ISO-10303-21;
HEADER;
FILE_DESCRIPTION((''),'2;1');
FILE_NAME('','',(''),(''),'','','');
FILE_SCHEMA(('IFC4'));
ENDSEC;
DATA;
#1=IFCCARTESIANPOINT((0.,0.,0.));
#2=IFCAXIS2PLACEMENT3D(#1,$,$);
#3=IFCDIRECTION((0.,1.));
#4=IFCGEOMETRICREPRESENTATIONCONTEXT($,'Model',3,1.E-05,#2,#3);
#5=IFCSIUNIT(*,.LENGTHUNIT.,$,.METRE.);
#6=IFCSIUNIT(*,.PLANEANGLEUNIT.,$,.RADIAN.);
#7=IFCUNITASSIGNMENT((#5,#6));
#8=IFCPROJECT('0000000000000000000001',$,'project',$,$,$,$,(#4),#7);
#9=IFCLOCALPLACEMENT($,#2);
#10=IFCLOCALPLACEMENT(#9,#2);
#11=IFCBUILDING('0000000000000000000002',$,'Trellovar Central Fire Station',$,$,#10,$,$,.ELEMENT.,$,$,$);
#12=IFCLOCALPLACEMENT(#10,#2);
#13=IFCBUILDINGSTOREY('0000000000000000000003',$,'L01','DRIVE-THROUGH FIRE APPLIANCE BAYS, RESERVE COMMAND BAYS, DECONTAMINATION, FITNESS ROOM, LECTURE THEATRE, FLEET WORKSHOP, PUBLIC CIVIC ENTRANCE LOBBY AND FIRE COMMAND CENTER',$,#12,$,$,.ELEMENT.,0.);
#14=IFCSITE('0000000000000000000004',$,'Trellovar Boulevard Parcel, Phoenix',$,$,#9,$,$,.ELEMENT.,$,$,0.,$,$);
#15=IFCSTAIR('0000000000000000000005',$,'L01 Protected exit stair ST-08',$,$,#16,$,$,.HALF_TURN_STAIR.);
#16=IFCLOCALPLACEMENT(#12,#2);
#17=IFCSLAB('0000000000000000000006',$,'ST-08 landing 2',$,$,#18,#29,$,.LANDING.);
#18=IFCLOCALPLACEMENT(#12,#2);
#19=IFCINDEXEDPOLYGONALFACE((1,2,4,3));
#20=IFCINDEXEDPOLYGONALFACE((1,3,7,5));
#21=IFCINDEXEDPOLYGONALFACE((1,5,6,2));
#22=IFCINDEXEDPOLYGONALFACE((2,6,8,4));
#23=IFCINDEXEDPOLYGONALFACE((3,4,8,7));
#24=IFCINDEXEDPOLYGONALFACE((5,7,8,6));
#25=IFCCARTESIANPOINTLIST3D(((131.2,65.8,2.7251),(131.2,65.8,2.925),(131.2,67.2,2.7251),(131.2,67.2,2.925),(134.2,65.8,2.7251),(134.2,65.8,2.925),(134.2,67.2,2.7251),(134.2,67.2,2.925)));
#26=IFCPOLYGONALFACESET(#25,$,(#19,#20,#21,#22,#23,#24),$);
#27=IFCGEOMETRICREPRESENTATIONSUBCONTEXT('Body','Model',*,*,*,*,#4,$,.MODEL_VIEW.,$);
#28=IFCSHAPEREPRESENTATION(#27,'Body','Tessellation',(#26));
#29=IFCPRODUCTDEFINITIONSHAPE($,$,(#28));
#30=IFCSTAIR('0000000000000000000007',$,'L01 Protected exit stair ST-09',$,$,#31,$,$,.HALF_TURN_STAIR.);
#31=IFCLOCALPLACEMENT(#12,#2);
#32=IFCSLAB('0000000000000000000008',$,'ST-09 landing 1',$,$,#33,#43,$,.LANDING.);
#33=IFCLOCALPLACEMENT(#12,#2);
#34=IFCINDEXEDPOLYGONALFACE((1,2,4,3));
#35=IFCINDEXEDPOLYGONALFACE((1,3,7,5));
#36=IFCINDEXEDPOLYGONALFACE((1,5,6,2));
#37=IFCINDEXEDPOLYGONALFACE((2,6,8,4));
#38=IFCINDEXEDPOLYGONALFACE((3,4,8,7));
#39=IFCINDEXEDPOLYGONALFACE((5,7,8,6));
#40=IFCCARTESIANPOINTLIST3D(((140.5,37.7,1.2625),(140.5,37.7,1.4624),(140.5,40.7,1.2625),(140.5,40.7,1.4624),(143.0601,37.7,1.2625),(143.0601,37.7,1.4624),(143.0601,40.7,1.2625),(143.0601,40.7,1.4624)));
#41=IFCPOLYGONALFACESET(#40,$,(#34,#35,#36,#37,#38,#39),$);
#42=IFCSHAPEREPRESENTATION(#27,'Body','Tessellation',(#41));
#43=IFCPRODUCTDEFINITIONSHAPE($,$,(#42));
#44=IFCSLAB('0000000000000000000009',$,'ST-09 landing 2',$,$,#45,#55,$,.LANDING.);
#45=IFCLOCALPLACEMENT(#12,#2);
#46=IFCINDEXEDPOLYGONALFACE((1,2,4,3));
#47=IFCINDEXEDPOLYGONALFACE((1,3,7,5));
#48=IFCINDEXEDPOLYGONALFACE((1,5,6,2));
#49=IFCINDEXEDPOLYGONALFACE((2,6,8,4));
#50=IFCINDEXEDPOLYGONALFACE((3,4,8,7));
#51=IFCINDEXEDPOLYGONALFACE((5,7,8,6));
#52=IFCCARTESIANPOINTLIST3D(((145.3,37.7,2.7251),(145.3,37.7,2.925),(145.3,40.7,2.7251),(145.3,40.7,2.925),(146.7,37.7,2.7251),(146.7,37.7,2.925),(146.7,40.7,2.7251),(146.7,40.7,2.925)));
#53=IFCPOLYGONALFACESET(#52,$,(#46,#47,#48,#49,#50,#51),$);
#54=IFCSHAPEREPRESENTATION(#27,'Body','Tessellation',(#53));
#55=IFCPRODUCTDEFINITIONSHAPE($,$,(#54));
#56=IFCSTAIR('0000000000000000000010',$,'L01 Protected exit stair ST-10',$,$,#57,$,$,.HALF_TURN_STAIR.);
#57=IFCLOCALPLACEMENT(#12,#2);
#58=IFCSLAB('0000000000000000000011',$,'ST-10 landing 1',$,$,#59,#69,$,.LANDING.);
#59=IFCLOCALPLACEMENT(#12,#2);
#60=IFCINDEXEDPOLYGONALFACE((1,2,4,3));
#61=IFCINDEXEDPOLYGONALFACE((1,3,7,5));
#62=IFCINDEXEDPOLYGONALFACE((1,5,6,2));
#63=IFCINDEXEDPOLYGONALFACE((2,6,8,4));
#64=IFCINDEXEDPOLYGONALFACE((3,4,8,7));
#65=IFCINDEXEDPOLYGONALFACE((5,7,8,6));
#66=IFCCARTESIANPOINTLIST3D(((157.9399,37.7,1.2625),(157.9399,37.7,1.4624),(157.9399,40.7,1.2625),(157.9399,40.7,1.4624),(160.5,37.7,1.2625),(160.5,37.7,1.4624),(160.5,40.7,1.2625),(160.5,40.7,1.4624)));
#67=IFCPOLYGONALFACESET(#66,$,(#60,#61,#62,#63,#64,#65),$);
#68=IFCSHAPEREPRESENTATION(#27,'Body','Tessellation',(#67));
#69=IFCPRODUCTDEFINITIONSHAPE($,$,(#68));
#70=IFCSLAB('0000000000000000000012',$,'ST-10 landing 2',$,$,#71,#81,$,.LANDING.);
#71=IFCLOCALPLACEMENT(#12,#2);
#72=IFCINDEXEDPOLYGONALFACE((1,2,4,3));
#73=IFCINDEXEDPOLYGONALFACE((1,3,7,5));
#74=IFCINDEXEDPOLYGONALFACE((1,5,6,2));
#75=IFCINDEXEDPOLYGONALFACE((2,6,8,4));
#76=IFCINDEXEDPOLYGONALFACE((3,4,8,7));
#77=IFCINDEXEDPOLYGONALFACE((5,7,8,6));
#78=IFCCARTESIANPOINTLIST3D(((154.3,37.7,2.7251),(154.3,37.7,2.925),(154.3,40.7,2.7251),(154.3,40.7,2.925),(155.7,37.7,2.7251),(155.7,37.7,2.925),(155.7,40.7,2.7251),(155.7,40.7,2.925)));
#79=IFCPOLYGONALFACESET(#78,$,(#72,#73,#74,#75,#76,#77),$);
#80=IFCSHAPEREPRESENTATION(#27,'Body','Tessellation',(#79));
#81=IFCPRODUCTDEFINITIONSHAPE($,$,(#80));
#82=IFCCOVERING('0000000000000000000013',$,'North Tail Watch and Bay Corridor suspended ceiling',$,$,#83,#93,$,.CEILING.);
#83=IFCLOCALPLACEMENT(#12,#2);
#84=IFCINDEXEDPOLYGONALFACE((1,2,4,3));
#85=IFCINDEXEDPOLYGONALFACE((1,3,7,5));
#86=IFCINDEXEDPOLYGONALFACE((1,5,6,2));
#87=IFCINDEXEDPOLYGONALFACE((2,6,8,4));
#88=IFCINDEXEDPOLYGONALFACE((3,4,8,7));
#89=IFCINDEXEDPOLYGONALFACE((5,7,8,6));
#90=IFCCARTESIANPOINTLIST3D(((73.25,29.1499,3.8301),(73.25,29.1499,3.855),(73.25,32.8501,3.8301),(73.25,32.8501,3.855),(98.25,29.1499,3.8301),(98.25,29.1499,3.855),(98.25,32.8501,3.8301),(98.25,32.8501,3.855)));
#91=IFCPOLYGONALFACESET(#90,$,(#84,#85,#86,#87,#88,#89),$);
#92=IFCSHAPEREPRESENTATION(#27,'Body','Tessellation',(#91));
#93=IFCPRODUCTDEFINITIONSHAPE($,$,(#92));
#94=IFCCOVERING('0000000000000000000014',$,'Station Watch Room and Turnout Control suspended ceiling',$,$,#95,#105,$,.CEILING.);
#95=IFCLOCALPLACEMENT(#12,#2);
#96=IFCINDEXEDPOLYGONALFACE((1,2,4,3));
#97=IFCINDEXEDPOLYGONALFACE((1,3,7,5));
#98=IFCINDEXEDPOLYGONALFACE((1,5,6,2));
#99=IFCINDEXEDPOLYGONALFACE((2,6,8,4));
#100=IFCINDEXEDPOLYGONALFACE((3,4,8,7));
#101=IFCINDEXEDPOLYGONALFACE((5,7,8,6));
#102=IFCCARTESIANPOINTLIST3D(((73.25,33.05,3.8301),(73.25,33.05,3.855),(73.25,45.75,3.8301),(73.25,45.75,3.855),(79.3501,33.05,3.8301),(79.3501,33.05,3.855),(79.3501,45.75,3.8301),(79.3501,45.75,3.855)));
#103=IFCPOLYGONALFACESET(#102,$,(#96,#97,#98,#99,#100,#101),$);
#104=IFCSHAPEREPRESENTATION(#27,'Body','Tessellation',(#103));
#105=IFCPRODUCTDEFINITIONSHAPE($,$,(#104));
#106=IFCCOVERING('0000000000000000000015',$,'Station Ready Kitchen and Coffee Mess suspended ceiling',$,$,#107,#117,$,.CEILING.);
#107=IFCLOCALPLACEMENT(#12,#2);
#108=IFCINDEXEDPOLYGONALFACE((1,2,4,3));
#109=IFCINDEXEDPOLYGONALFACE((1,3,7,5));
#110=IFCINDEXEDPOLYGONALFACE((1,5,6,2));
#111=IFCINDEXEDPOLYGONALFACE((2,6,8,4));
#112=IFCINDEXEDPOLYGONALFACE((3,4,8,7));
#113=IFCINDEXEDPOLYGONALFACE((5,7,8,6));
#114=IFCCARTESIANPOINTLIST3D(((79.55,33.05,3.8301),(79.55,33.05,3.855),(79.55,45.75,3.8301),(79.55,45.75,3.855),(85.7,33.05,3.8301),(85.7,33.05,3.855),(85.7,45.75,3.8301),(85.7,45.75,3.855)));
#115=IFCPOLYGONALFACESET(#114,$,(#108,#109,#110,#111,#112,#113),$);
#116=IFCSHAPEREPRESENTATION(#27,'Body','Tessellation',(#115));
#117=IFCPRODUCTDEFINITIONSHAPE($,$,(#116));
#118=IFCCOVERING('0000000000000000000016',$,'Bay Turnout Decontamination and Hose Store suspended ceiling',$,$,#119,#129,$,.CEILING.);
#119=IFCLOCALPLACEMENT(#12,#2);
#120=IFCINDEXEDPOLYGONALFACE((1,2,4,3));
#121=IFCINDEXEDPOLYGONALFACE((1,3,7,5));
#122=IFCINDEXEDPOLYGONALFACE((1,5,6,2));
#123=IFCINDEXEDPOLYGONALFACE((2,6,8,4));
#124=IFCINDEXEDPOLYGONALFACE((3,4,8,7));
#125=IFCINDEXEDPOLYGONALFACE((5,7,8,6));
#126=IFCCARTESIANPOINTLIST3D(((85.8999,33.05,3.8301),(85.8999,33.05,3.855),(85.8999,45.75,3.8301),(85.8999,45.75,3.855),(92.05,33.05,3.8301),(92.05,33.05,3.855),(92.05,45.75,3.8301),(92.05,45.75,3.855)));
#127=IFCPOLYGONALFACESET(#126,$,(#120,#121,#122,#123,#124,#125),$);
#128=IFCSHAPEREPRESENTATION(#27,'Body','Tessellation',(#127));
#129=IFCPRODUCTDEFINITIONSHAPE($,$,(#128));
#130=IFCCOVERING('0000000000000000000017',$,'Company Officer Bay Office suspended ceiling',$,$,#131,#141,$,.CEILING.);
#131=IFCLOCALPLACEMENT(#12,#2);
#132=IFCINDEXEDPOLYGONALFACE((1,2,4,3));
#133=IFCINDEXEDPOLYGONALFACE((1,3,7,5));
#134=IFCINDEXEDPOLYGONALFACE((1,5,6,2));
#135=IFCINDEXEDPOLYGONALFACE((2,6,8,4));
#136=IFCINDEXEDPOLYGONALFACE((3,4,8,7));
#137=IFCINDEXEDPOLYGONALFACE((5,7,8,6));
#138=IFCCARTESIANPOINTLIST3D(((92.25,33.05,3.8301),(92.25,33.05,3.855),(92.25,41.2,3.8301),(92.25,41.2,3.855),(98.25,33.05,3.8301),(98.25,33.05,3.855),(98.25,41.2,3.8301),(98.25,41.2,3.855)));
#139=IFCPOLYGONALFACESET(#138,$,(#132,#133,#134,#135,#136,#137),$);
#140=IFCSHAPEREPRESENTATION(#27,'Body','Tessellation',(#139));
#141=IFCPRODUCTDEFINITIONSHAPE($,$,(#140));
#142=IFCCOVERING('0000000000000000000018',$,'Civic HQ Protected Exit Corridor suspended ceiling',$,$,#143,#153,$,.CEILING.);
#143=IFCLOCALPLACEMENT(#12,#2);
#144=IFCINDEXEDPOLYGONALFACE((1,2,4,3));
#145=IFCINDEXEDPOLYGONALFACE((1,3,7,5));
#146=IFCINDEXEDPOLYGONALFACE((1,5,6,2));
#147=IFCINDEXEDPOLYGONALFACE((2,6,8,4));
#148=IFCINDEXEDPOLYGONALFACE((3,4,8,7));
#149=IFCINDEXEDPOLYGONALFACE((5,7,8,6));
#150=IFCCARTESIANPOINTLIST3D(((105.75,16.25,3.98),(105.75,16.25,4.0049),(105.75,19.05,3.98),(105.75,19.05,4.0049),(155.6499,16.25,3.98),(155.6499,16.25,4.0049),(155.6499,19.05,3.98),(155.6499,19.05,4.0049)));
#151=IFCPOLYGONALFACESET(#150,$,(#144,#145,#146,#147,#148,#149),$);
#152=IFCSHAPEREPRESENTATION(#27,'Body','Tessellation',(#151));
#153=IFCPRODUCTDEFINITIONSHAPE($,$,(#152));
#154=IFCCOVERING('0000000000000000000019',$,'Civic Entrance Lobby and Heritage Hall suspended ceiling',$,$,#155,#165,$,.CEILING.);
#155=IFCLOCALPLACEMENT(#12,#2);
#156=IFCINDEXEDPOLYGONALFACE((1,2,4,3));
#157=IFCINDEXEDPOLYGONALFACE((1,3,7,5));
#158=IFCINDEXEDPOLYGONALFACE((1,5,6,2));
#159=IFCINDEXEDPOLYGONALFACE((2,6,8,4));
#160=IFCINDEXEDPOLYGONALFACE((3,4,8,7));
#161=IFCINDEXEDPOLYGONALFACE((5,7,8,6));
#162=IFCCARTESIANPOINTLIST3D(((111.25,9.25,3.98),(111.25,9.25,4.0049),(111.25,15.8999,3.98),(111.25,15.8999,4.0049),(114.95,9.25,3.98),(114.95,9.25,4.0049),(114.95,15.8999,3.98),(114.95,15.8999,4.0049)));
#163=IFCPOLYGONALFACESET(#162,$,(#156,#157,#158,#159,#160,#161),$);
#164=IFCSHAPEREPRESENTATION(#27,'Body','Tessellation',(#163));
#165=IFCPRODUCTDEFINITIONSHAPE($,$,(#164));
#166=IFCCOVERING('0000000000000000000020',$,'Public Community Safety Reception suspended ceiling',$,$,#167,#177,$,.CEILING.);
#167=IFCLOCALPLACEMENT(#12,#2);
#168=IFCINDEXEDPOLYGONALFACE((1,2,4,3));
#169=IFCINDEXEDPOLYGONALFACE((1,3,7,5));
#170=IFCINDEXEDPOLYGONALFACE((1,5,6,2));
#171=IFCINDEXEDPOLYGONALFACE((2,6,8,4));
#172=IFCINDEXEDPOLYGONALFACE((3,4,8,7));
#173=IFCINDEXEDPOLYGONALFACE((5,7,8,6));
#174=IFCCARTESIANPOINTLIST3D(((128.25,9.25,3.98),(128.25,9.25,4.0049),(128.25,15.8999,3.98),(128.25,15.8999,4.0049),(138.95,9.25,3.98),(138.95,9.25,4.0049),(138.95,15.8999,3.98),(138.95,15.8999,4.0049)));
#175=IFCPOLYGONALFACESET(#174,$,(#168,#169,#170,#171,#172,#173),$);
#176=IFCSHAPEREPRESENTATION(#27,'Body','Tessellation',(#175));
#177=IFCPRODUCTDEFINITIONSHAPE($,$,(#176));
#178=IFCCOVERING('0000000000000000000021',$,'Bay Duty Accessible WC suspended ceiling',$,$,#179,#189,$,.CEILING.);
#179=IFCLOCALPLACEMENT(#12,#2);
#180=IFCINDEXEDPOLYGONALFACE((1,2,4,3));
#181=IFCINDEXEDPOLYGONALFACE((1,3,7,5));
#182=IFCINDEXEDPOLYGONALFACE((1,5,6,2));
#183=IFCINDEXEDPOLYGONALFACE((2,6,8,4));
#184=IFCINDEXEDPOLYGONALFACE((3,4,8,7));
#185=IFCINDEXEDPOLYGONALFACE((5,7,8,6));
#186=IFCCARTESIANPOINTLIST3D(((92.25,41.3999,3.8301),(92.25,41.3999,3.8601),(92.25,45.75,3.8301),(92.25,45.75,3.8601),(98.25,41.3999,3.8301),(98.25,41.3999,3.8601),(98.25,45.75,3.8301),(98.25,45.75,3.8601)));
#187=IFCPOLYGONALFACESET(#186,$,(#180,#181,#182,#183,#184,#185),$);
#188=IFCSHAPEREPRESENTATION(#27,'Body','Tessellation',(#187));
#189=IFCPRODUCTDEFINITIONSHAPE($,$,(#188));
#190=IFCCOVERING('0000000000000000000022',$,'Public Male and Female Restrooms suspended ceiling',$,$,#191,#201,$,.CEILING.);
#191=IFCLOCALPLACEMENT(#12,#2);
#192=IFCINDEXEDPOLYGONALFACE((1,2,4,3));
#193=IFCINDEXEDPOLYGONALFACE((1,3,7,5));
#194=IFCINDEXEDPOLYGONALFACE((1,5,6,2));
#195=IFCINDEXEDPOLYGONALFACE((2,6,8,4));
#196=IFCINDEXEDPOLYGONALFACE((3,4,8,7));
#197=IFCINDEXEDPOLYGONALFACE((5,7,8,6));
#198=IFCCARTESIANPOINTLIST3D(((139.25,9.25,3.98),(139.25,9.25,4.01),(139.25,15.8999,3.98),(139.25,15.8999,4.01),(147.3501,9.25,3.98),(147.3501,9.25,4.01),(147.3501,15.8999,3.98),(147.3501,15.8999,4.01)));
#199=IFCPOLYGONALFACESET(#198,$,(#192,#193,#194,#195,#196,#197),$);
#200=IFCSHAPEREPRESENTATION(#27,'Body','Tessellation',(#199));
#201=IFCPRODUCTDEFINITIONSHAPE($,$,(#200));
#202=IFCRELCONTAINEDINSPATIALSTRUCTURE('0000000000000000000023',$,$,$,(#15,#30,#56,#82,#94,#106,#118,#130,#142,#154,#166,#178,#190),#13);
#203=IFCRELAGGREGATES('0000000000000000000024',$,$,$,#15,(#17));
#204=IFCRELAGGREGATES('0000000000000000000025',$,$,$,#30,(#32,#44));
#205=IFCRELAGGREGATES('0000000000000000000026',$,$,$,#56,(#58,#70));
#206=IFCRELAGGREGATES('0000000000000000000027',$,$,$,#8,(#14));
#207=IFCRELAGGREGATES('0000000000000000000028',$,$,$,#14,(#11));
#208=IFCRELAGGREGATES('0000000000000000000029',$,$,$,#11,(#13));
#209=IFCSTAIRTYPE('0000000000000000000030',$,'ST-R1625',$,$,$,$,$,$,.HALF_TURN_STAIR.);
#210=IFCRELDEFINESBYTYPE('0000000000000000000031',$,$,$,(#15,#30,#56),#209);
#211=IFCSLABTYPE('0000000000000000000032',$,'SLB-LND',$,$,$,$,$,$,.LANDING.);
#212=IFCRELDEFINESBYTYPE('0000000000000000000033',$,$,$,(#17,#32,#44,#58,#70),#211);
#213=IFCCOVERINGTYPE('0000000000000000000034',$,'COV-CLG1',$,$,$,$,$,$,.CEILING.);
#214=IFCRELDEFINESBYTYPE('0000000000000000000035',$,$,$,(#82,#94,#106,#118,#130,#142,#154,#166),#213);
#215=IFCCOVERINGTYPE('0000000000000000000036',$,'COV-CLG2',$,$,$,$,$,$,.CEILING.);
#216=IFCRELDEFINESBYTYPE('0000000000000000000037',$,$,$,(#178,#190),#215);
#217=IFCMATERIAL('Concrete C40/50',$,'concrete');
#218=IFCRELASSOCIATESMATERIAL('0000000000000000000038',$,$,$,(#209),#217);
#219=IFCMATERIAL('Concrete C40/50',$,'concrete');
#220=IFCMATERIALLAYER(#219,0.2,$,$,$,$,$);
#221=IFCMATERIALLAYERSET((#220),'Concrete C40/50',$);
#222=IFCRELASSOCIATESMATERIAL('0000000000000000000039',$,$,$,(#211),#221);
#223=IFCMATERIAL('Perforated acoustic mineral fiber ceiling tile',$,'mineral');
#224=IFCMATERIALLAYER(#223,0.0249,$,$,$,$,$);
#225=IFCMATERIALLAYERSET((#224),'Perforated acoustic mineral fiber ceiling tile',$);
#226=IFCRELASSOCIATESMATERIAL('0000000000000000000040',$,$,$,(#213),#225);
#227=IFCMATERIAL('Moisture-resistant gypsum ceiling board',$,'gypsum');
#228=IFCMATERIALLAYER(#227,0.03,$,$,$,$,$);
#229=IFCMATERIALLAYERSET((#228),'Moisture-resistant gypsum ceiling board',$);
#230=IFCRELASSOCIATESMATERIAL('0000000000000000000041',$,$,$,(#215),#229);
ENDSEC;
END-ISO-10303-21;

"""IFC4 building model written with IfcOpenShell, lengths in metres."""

from ifc_helpers import new_model, si_unit, direction, frame, origin, place, context, subcontext, project, spatial, polyline, outline, extrude, material, layer, layer_set, type_object, element, aggregate, save


model = new_model("IFC4")

# Units and contexts
model_context = context("Model", 3, precision=1e-05, world=origin(), true_north=direction((0.0, 1.0)))
body_context = subcontext(model_context, "Body", "Model", "MODEL_VIEW")
ifc_project = project(units=[si_unit("LENGTHUNIT", "METRE"), si_unit("PLANEANGLEUNIT", "RADIAN")], contexts=[model_context])

# Site, building, storey
site_placement = place(None, origin())
site = spatial("IfcSite", under=ifc_project, at=site_placement, Name="Trellovar Boulevard Parcel, Phoenix", CompositionType="ELEMENT", RefElevation=0.0)
building_placement = place(site_placement, origin())
building = spatial("IfcBuilding", under=site, at=building_placement, Name="Trellovar Central Fire Station", CompositionType="ELEMENT")
storey_placement = place(building_placement, origin())
storey = spatial("IfcBuildingStorey", under=building, at=storey_placement, Name="L01", Description="DRIVE-THROUGH FIRE APPLIANCE BAYS, RESERVE COMMAND BAYS, DECONTAMINATION, FITNESS ROOM, LECTURE THEATRE, FLEET WORKSHOP, PUBLIC CIVIC ENTRANCE LOBBY AND FIRE COMMAND CENTER", CompositionType="ELEMENT", Elevation=0.0)

# Stairs, slabs
ifc_material_1 = material(Name="Concrete C40/50", Category="concrete")
stair_type = type_object("IfcStairType", Name="ST-R1625", PredefinedType="HALF_TURN_STAIR", material=ifc_material_1)
ifc_material_2 = material(Name="Concrete C40/50", Category="concrete")
ifc_layer_1 = layer(ifc_material_2, 0.2)
ifc_layer_set_1 = layer_set([ifc_layer_1], Name="Concrete C40/50")
slab_type = type_object("IfcSlabType", Name="SLB-LND", PredefinedType="LANDING", material=ifc_layer_set_1)
stair_1_placement = place(storey_placement, origin())
stair_1 = element("IfcStair", 1, at=stair_1_placement, inside=storey, type_object=stair_type, Name="L01 Protected exit stair ST-08", PredefinedType="HALF_TURN_STAIR")
slab_1_placement = place(storey_placement, frame((0.0, 0.0, 2.7251)))
slab_1 = element("IfcSlab", 2, at=slab_1_placement, type_object=slab_type, Name="ST-08 landing 2", PredefinedType="LANDING", context=body_context, shape_type="SweptSolid", body=[
    extrude(outline(polyline([(134.2, 65.8), (134.2, 67.2), (131.2, 67.2), (131.2, 65.8), (134.2, 65.8)])), origin(), (0.0, 0.0, 1.0), 0.2),
])
aggregate(stair_1, [slab_1])
stair_2_placement = place(storey_placement, origin())
stair_2 = element("IfcStair", 3, at=stair_2_placement, inside=storey, type_object=stair_type, Name="L01 Protected exit stair ST-09", PredefinedType="HALF_TURN_STAIR")
slab_2_placement = place(storey_placement, frame((0.0, 0.0, 1.2625)))
slab_2 = element("IfcSlab", 4, at=slab_2_placement, type_object=slab_type, Name="ST-09 landing 1", PredefinedType="LANDING", context=body_context, shape_type="SweptSolid", body=[
    extrude(outline(polyline([(143.0601, 40.7), (140.5, 40.7), (140.5, 37.7), (143.0601, 37.7), (143.0601, 40.7)])), origin(), (0.0, 0.0, 1.0), 0.2),
])
slab_3_placement = place(storey_placement, frame((0.0, 0.0, 2.7251)))
slab_3 = element("IfcSlab", 5, at=slab_3_placement, type_object=slab_type, Name="ST-09 landing 2", PredefinedType="LANDING", context=body_context, shape_type="SweptSolid", body=[
    extrude(outline(polyline([(146.7, 40.7), (145.3, 40.7), (145.3, 37.7), (146.7, 37.7), (146.7, 40.7)])), origin(), (0.0, 0.0, 1.0), 0.2),
])
aggregate(stair_2, [slab_2, slab_3])
stair_3_placement = place(storey_placement, origin())
stair_3 = element("IfcStair", 6, at=stair_3_placement, inside=storey, type_object=stair_type, Name="L01 Protected exit stair ST-10", PredefinedType="HALF_TURN_STAIR")
slab_4_placement = place(storey_placement, frame((0.0, 0.0, 1.2625)))
slab_4 = element("IfcSlab", 7, at=slab_4_placement, type_object=slab_type, Name="ST-10 landing 1", PredefinedType="LANDING", context=body_context, shape_type="SweptSolid", body=[
    extrude(outline(polyline([(157.9399, 37.7), (160.5, 37.7), (160.5, 40.7), (157.9399, 40.7), (157.9399, 37.7)])), origin(), (0.0, 0.0, 1.0), 0.2),
])
slab_5_placement = place(storey_placement, frame((0.0, 0.0, 2.7251)))
slab_5 = element("IfcSlab", 8, at=slab_5_placement, type_object=slab_type, Name="ST-10 landing 2", PredefinedType="LANDING", context=body_context, shape_type="SweptSolid", body=[
    extrude(outline(polyline([(154.3, 37.7), (155.7, 37.7), (155.7, 40.7), (154.3, 40.7), (154.3, 37.7)])), origin(), (0.0, 0.0, 1.0), 0.2),
])
aggregate(stair_3, [slab_4, slab_5])

# Coverings
ifc_material_3 = material(Name="Perforated acoustic mineral fiber ceiling tile", Category="mineral")
ifc_layer_2 = layer(ifc_material_3, 0.0249)
ifc_layer_set_2 = layer_set([ifc_layer_2], Name="Perforated acoustic mineral fiber ceiling tile")
covering_type_1 = type_object("IfcCoveringType", Name="COV-CLG1", PredefinedType="CEILING", material=ifc_layer_set_2)
covering_1_placement = place(storey_placement, frame((0.0, 0.0, 3.8301)))
element("IfcCovering", 9, at=covering_1_placement, inside=storey, type_object=covering_type_1, Name="North Tail Watch and Bay Corridor suspended ceiling", PredefinedType="CEILING", context=body_context, shape_type="SweptSolid", body=[
    extrude(outline(polyline([(98.25, 29.1499), (73.25, 29.1499), (73.25, 32.8501), (98.25, 32.8501), (98.25, 29.1499)])), origin(), (0.0, 0.0, 1.0), 0.0249),
])
covering_2_placement = place(storey_placement, frame((0.0, 0.0, 3.8301)))
element("IfcCovering", 10, at=covering_2_placement, inside=storey, type_object=covering_type_1, Name="Station Watch Room and Turnout Control suspended ceiling", PredefinedType="CEILING", context=body_context, shape_type="SweptSolid", body=[
    extrude(outline(polyline([(79.3501, 33.05), (73.25, 33.05), (73.25, 45.75), (79.3501, 45.75), (79.3501, 33.05)])), origin(), (0.0, 0.0, 1.0), 0.0249),
])
covering_3_placement = place(storey_placement, frame((0.0, 0.0, 3.8301)))
element("IfcCovering", 11, at=covering_3_placement, inside=storey, type_object=covering_type_1, Name="Station Ready Kitchen and Coffee Mess suspended ceiling", PredefinedType="CEILING", context=body_context, shape_type="SweptSolid", body=[
    extrude(outline(polyline([(85.7, 33.05), (79.55, 33.05), (79.55, 45.75), (85.7, 45.75), (85.7, 33.05)])), origin(), (0.0, 0.0, 1.0), 0.0249),
])
covering_4_placement = place(storey_placement, frame((0.0, 0.0, 3.8301)))
element("IfcCovering", 12, at=covering_4_placement, inside=storey, type_object=covering_type_1, Name="Bay Turnout Decontamination and Hose Store suspended ceiling", PredefinedType="CEILING", context=body_context, shape_type="SweptSolid", body=[
    extrude(outline(polyline([(92.05, 33.05), (85.8999, 33.05), (85.8999, 45.75), (92.05, 45.75), (92.05, 33.05)])), origin(), (0.0, 0.0, 1.0), 0.0249),
])
covering_5_placement = place(storey_placement, frame((0.0, 0.0, 3.8301)))
element("IfcCovering", 13, at=covering_5_placement, inside=storey, type_object=covering_type_1, Name="Company Officer Bay Office suspended ceiling", PredefinedType="CEILING", context=body_context, shape_type="SweptSolid", body=[
    extrude(outline(polyline([(98.25, 33.05), (92.25, 33.05), (92.25, 41.2), (98.25, 41.2), (98.25, 33.05)])), origin(), (0.0, 0.0, 1.0), 0.0249),
])
covering_6_placement = place(storey_placement, frame((0.0, 0.0, 3.98)))
element("IfcCovering", 14, at=covering_6_placement, inside=storey, type_object=covering_type_1, Name="Civic HQ Protected Exit Corridor suspended ceiling", PredefinedType="CEILING", context=body_context, shape_type="SweptSolid", body=[
    extrude(outline(polyline([(155.6499, 16.25), (105.75, 16.25), (105.75, 19.05), (155.6499, 19.05), (155.6499, 16.25)])), origin(), (0.0, 0.0, 1.0), 0.0249),
])
covering_7_placement = place(storey_placement, frame((0.0, 0.0, 3.98)))
element("IfcCovering", 15, at=covering_7_placement, inside=storey, type_object=covering_type_1, Name="Civic Entrance Lobby and Heritage Hall suspended ceiling", PredefinedType="CEILING", context=body_context, shape_type="SweptSolid", body=[
    extrude(outline(polyline([(114.95, 9.25), (111.25, 9.25), (111.25, 15.8999), (114.95, 15.8999), (114.95, 9.25)])), origin(), (0.0, 0.0, 1.0), 0.0249),
])
covering_8_placement = place(storey_placement, frame((0.0, 0.0, 3.98)))
element("IfcCovering", 16, at=covering_8_placement, inside=storey, type_object=covering_type_1, Name="Public Community Safety Reception suspended ceiling", PredefinedType="CEILING", context=body_context, shape_type="SweptSolid", body=[
    extrude(outline(polyline([(138.95, 9.25), (128.25, 9.25), (128.25, 15.8999), (138.95, 15.8999), (138.95, 9.25)])), origin(), (0.0, 0.0, 1.0), 0.0249),
])
ifc_material_4 = material(Name="Moisture-resistant gypsum ceiling board", Category="gypsum")
ifc_layer_3 = layer(ifc_material_4, 0.03)
ifc_layer_set_3 = layer_set([ifc_layer_3], Name="Moisture-resistant gypsum ceiling board")
covering_type_2 = type_object("IfcCoveringType", Name="COV-CLG2", PredefinedType="CEILING", material=ifc_layer_set_3)
covering_9_placement = place(storey_placement, frame((0.0, 0.0, 3.8301)))
element("IfcCovering", 17, at=covering_9_placement, inside=storey, type_object=covering_type_2, Name="Bay Duty Accessible WC suspended ceiling", PredefinedType="CEILING", context=body_context, shape_type="SweptSolid", body=[
    extrude(outline(polyline([(98.25, 41.3999), (92.25, 41.3999), (92.25, 45.75), (98.25, 45.75), (98.25, 41.3999)])), origin(), (0.0, 0.0, 1.0), 0.03),
])
covering_10_placement = place(storey_placement, frame((0.0, 0.0, 3.98)))
element("IfcCovering", 18, at=covering_10_placement, inside=storey, type_object=covering_type_2, Name="Public Male and Female Restrooms suspended ceiling", PredefinedType="CEILING", context=body_context, shape_type="SweptSolid", body=[
    extrude(outline(polyline([(147.3501, 9.25), (139.25, 9.25), (139.25, 15.8999), (147.3501, 15.8999), (147.3501, 9.25)])), origin(), (0.0, 0.0, 1.0), 0.03),
])

save(model, "model.ifc")
